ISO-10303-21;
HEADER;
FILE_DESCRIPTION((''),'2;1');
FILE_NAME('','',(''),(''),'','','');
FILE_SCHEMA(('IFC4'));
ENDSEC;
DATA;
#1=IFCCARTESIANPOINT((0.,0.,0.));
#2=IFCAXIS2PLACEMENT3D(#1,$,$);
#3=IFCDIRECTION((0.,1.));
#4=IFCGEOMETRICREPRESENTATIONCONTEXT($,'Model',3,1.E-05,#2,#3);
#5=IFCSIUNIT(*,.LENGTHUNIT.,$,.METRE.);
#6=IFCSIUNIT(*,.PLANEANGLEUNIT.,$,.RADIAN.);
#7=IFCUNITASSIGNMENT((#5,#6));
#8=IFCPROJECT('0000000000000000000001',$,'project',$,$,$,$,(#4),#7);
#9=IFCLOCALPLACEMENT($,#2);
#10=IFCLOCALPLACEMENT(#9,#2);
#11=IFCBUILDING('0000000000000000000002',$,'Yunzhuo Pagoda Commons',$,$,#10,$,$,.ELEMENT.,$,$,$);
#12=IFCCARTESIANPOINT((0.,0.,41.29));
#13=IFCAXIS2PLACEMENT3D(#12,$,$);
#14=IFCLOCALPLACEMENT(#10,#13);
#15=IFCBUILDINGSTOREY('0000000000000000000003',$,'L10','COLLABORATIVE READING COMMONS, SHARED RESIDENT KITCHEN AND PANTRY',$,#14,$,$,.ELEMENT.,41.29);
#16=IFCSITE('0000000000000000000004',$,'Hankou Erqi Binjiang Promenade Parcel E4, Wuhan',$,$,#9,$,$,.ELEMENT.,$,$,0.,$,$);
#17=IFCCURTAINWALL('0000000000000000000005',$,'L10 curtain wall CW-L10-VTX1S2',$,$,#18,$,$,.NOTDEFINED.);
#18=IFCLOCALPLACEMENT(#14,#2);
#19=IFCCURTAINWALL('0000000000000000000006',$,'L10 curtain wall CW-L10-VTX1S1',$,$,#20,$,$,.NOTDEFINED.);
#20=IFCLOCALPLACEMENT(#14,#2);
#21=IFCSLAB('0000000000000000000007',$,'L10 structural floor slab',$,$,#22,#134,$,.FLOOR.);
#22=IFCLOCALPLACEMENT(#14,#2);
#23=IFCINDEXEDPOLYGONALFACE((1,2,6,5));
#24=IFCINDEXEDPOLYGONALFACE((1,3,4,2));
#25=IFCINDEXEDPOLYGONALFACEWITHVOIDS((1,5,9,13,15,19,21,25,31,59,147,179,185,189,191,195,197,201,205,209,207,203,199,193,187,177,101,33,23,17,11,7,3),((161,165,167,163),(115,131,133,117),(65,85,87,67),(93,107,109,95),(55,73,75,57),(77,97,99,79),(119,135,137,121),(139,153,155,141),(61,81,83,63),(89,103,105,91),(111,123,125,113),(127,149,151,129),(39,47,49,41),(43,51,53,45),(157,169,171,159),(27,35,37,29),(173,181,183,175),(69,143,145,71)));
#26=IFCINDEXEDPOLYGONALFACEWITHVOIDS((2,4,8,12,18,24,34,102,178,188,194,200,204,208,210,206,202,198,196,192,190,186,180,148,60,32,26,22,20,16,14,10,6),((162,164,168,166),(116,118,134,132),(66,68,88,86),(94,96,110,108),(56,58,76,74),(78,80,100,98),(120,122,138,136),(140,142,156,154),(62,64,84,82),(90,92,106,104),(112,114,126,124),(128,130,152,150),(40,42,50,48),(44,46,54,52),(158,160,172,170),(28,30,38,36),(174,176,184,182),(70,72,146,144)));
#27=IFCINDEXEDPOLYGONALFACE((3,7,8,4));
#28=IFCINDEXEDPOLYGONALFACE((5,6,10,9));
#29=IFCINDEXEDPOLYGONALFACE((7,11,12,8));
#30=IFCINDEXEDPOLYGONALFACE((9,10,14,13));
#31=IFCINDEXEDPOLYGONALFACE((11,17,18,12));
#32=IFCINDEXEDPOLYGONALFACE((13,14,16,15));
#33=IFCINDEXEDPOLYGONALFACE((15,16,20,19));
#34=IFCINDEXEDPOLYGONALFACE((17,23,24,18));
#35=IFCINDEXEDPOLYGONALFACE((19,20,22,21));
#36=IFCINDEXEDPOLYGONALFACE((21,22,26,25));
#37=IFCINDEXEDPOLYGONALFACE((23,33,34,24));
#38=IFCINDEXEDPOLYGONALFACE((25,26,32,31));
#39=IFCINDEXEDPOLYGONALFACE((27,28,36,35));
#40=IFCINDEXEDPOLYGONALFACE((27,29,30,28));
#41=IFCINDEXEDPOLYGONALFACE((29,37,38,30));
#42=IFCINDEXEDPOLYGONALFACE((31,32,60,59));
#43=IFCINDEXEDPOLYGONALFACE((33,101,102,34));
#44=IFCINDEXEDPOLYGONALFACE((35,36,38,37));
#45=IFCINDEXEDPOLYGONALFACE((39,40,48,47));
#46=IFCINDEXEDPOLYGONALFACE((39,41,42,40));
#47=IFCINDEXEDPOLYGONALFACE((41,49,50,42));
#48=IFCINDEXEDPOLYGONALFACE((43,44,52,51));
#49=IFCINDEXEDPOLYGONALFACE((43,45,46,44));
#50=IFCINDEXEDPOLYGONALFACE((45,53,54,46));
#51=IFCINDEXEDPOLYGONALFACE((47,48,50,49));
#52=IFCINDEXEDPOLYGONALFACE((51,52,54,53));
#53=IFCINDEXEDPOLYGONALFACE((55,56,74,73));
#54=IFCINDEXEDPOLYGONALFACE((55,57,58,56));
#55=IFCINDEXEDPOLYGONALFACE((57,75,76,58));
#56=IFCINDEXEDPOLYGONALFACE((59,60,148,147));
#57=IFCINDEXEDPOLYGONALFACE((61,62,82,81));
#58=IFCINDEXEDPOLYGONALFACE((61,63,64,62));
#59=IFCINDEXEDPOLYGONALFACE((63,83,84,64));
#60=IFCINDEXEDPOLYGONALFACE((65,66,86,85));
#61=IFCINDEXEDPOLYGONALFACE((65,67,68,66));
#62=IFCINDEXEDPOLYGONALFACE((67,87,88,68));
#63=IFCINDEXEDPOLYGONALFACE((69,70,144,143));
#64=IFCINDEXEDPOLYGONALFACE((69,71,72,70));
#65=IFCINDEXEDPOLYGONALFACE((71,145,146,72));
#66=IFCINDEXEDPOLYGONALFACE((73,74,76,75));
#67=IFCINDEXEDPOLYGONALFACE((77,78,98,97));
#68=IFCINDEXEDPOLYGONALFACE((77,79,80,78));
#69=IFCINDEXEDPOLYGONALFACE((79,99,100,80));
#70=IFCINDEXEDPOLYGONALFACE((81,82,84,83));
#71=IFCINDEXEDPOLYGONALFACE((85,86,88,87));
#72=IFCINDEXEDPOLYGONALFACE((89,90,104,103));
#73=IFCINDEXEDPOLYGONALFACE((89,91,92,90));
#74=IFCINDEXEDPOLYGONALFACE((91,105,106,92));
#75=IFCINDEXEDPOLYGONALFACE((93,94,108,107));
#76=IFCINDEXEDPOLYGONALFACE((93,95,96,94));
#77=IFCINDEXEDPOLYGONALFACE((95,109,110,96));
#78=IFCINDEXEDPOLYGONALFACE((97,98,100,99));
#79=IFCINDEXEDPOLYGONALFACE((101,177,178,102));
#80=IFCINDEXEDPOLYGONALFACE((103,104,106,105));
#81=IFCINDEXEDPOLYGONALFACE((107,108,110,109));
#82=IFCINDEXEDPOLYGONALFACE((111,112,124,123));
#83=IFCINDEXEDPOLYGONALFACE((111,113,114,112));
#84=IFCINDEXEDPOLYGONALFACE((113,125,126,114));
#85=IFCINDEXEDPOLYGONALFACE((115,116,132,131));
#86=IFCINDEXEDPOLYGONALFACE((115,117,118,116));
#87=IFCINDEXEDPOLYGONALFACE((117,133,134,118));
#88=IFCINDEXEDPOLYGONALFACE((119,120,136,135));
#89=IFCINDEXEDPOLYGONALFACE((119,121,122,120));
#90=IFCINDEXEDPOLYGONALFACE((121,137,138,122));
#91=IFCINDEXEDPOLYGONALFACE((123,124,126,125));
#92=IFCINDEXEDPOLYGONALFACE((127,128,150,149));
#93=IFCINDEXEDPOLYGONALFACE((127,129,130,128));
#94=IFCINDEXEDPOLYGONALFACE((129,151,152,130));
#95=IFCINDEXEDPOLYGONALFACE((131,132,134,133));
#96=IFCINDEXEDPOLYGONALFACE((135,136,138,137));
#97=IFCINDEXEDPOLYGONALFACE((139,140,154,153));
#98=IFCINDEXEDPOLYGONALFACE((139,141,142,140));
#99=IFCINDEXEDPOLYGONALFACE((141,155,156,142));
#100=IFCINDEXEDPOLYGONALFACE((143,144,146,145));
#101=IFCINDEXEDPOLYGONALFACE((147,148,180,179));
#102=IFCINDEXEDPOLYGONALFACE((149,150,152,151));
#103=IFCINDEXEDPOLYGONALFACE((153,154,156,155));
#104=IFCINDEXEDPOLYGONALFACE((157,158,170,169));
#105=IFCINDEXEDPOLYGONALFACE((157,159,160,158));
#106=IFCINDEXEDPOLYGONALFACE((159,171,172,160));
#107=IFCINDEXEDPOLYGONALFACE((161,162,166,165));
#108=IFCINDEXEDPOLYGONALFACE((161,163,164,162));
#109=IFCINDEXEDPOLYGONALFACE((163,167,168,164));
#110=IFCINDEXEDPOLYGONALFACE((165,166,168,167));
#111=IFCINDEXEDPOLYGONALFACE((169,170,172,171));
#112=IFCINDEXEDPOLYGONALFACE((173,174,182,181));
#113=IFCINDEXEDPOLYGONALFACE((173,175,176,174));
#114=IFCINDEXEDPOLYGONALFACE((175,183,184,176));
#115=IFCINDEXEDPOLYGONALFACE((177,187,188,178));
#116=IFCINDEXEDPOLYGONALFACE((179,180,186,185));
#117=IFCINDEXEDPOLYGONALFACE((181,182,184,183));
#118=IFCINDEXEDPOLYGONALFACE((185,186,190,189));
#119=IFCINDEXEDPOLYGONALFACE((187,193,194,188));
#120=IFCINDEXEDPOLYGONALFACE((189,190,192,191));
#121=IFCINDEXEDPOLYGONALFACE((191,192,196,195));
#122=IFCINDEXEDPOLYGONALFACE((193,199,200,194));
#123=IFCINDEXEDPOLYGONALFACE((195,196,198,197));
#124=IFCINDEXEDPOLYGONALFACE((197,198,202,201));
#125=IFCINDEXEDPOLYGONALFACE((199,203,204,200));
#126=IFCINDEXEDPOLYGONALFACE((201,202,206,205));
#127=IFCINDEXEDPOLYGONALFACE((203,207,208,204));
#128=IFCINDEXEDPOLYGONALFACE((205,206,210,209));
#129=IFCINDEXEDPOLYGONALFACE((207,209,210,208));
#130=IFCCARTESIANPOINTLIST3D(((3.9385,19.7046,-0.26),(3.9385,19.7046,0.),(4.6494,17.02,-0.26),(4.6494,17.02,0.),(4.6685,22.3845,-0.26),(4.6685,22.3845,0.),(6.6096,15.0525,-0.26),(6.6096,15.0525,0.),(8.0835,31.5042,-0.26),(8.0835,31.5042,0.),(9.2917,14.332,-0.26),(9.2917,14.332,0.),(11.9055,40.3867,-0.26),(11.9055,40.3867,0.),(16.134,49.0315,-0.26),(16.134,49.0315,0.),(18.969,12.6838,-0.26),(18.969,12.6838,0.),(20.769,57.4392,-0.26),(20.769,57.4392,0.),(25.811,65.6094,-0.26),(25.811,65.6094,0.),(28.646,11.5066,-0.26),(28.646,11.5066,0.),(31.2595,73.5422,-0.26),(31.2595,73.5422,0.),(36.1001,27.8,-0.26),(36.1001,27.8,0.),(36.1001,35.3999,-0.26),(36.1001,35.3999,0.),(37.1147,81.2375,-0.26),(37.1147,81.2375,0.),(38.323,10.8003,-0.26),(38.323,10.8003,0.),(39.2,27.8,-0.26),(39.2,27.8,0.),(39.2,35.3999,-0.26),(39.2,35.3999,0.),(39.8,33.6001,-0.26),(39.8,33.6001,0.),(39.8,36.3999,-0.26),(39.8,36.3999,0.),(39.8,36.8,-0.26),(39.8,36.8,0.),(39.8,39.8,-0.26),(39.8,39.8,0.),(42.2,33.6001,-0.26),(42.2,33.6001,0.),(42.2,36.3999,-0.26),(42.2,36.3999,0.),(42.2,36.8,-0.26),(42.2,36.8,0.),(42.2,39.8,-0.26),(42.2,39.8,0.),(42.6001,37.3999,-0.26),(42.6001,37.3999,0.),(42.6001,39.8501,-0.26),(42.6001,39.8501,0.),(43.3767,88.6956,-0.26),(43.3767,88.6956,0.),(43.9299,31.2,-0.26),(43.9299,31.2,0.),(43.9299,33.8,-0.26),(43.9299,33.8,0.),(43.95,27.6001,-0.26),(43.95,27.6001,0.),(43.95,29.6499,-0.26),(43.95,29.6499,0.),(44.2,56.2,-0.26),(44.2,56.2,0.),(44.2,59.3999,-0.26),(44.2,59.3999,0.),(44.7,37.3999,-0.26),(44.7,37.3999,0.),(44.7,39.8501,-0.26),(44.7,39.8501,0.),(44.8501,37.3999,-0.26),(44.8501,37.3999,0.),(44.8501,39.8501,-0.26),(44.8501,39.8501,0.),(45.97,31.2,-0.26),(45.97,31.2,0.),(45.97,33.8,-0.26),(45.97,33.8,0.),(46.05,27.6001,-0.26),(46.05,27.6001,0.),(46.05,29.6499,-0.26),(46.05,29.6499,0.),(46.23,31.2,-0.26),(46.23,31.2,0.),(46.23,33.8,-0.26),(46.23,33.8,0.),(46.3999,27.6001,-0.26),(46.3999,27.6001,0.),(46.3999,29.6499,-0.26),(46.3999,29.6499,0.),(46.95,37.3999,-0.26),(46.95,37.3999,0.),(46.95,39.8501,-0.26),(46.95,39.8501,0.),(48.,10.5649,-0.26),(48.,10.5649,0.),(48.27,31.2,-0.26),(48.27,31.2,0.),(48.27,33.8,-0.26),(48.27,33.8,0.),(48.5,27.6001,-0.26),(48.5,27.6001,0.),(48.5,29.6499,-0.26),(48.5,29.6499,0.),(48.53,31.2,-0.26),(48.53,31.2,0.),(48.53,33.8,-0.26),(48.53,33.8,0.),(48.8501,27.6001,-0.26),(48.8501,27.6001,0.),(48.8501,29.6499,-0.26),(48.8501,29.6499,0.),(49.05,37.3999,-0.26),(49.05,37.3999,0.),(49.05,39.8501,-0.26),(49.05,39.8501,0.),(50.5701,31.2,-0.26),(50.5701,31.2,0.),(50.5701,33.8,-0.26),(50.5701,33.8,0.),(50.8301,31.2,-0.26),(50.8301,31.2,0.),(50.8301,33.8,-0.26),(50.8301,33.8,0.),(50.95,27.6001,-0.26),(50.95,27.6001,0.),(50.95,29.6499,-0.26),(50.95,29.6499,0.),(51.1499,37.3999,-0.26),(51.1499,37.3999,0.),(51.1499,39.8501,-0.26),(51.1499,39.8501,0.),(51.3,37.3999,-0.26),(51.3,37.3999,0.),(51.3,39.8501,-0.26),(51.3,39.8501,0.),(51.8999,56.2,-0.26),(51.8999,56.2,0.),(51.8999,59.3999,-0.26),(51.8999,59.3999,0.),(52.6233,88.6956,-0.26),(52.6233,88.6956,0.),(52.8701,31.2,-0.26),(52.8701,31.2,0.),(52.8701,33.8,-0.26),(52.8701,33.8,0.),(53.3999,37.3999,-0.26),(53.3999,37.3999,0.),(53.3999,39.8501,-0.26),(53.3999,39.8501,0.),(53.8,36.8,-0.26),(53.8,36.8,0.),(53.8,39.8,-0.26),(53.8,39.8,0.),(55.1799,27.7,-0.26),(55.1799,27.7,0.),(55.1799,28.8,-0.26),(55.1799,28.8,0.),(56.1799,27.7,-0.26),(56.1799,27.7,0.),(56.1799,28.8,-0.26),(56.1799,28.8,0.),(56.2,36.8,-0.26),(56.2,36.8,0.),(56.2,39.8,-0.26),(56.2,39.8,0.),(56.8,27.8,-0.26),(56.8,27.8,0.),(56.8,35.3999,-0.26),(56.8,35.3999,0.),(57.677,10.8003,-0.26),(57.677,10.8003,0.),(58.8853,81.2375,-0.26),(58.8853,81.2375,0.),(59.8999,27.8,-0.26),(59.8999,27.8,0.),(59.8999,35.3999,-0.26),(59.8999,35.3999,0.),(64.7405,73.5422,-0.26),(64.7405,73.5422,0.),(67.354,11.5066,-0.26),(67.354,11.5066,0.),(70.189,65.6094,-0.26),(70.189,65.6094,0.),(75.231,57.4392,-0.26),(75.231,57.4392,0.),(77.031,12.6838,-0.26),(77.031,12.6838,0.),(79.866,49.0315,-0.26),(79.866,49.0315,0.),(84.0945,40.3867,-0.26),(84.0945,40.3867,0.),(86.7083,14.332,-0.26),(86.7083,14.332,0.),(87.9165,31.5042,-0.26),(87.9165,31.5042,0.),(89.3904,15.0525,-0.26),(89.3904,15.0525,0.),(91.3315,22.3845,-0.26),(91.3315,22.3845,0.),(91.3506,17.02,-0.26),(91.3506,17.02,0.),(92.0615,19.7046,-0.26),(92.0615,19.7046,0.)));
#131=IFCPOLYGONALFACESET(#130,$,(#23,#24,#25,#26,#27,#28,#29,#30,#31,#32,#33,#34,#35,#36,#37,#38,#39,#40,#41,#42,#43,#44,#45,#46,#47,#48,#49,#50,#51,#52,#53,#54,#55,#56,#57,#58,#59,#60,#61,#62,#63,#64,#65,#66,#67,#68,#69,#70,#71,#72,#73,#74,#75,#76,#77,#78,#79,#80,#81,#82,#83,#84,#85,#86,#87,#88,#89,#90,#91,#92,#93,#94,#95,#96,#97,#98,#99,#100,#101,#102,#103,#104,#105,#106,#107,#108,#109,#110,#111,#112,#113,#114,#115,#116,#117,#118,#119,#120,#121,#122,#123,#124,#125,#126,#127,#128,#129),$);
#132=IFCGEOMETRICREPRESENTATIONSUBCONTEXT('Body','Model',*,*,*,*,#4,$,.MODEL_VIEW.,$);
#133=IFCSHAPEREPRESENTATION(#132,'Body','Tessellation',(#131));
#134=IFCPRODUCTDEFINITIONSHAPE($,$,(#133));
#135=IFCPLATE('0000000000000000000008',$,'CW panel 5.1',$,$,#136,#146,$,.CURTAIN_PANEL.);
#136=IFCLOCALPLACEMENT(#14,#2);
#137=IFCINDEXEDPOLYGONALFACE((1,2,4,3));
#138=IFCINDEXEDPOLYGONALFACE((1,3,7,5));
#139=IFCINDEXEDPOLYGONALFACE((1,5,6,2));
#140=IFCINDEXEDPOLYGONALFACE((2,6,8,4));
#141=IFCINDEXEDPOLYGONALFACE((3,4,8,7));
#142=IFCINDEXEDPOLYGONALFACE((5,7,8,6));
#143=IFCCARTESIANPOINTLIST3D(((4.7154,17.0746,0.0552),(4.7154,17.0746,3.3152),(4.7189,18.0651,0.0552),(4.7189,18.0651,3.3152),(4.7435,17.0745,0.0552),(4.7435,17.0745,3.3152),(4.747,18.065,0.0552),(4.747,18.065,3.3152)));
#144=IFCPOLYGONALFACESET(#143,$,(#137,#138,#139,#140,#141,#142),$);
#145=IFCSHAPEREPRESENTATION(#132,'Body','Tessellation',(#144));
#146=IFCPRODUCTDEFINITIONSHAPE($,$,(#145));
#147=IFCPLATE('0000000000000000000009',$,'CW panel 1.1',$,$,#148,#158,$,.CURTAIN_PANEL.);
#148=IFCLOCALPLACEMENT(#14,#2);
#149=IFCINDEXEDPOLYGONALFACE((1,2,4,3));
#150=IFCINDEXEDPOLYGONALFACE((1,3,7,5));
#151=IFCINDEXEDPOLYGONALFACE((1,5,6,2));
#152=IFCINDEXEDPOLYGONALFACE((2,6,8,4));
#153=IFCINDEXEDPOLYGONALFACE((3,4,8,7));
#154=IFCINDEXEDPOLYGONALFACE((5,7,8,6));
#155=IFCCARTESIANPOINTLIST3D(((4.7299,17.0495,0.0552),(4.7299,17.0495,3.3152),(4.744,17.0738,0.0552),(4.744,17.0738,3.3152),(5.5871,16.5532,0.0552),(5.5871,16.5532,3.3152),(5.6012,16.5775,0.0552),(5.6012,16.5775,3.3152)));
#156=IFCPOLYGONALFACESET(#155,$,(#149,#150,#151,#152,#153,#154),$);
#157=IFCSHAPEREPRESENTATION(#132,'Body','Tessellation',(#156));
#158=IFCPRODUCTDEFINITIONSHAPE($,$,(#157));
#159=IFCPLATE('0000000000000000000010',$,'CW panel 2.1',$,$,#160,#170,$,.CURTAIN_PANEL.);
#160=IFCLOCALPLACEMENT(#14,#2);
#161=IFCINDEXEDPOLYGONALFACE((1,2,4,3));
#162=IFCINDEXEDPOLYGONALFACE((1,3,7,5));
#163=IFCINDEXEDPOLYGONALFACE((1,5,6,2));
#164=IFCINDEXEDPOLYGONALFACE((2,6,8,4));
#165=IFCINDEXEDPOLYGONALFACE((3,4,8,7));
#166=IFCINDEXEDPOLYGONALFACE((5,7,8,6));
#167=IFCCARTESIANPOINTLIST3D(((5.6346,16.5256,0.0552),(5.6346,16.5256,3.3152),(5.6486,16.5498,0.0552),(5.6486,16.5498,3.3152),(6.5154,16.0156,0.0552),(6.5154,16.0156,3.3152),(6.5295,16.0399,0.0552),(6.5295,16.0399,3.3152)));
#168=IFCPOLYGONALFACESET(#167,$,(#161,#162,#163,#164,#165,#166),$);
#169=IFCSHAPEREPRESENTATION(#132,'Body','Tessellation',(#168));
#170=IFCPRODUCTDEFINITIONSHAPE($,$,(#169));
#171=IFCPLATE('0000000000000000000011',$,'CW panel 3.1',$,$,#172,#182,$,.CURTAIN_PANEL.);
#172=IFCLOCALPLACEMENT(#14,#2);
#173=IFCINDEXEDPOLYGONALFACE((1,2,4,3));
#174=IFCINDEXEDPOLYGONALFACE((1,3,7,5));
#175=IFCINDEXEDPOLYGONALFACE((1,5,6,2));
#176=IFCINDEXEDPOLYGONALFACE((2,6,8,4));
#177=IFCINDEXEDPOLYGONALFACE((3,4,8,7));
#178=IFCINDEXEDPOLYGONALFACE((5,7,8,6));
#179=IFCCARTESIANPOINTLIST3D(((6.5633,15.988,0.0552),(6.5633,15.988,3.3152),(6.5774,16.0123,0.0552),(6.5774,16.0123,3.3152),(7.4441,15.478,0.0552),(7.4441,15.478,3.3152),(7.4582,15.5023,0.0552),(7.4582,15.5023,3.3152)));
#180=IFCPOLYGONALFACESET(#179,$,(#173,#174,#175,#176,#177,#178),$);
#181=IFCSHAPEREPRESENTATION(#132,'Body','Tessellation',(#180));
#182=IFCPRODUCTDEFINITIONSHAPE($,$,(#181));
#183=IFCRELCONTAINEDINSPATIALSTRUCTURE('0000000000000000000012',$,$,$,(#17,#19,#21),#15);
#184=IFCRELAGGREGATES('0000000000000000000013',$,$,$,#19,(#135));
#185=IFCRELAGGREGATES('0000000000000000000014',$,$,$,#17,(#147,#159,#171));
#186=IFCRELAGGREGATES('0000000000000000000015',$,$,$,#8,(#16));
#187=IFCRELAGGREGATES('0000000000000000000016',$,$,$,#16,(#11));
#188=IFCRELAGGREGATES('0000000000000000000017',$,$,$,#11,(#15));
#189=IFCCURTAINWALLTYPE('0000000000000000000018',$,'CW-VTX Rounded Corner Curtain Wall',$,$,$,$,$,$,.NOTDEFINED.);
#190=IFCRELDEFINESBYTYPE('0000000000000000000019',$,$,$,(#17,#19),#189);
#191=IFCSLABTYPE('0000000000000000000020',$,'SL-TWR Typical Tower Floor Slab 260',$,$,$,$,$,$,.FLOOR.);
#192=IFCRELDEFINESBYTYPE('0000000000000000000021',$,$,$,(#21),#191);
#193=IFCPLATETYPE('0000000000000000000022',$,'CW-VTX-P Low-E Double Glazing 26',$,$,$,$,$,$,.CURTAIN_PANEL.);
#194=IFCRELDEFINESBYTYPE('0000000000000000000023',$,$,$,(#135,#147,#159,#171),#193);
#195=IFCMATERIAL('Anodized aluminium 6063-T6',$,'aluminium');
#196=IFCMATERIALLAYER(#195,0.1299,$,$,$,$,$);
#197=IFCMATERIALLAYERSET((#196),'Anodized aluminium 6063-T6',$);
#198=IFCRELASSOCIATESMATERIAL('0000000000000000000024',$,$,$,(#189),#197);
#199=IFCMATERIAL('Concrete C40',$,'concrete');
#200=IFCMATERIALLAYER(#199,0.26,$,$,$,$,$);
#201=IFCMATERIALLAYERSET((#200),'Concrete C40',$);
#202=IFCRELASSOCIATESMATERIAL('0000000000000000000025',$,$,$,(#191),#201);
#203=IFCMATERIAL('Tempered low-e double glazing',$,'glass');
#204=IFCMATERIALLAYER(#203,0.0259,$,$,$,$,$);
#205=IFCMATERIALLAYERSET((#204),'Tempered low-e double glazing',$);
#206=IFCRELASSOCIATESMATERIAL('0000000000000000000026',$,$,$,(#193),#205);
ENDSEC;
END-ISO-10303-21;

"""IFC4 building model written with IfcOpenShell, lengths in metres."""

from ifc_helpers import new_model, si_unit, direction, frame, origin, origin_2d, place, context, subcontext, project, spatial, polyline, rectangle, outline, extrude, source, transform, mapped, material, layer, layer_set, type_object, element, aggregate, save


model = new_model("IFC4")

# Units and contexts
model_context = context("Model", 3, precision=1e-05, world=origin(), true_north=direction((0.0, 1.0)))
body_context = subcontext(model_context, "Body", "Model", "MODEL_VIEW")
ifc_project = project(units=[si_unit("LENGTHUNIT", "METRE"), si_unit("PLANEANGLEUNIT", "RADIAN")], contexts=[model_context])

# Site, building, storey
site_placement = place(None, origin())
site = spatial("IfcSite", under=ifc_project, at=site_placement, Name="Hankou Erqi Binjiang Promenade Parcel E4, Wuhan", CompositionType="ELEMENT", RefElevation=0.0)
building_placement = place(site_placement, origin())
building = spatial("IfcBuilding", under=site, at=building_placement, Name="Yunzhuo Pagoda Commons", CompositionType="ELEMENT")
storey_placement = place(building_placement, frame((0.0, 0.0, 41.29)))
storey = spatial("IfcBuildingStorey", under=building, at=storey_placement, Name="L10", Description="COLLABORATIVE READING COMMONS, SHARED RESIDENT KITCHEN AND PANTRY", CompositionType="ELEMENT", Elevation=41.29)

# Curtain wall
ifc_material_1 = material(Name="Anodized aluminium 6063-T6", Category="aluminium")
ifc_layer_1 = layer(ifc_material_1, 0.1299)
ifc_layer_set_1 = layer_set([ifc_layer_1], Name="Anodized aluminium 6063-T6")
curtain_wall_type = type_object("IfcCurtainWallType", Name="CW-VTX Rounded Corner Curtain Wall", PredefinedType="NOTDEFINED", material=ifc_layer_set_1)
curtain_wall_1_placement = place(storey_placement, origin())
curtain_wall_1 = element("IfcCurtainWall", 1, at=curtain_wall_1_placement, inside=storey, type_object=curtain_wall_type, Name="L10 curtain wall CW-L10-VTX1S2", PredefinedType="NOTDEFINED")

# Curtain wall
curtain_wall_2_placement = place(storey_placement, origin())
curtain_wall_2 = element("IfcCurtainWall", 2, at=curtain_wall_2_placement, inside=storey, type_object=curtain_wall_type, Name="L10 curtain wall CW-L10-VTX1S1", PredefinedType="NOTDEFINED")

# Shared definitions
ifc_material_2 = material(Name="Concrete C40", Category="concrete")

# Slab
ifc_layer_2 = layer(ifc_material_2, 0.26)
ifc_layer_set_2 = layer_set([ifc_layer_2], Name="Concrete C40")
slab_type_1 = type_object("IfcSlabType", Name="SL-TWR Typical Tower Floor Slab 260", PredefinedType="FLOOR", material=ifc_layer_set_2)
slab_1_placement = place(storey_placement, frame((0.0, 0.0, -0.26)))
element("IfcSlab", 3, at=slab_1_placement, inside=storey, type_object=slab_type_1, Name="L10 structural floor slab", PredefinedType="FLOOR", context=body_context, shape_type="SweptSolid", body=[
    extrude(outline(polyline([(8.0835, 31.5042), (11.9055, 40.3867), (16.134, 49.0315), (20.769, 57.4392), (25.811, 65.6094), (31.2595, 73.5422), (37.1147, 81.2375), (43.3767, 88.6956), (52.6233, 88.6956), (58.8853, 81.2375), (64.7405, 73.5422), (70.189, 65.6094), (75.231, 57.4392), (79.866, 49.0315), (84.0945, 40.3867), (87.9165, 31.5042), (91.3315, 22.3845), (92.0615, 19.7046), (91.3506, 17.02), (89.3904, 15.0525), (86.7083, 14.332), (77.031, 12.6838), (67.354, 11.5066), (57.677, 10.8003), (48.0, 10.5649), (38.323, 10.8003), (28.646, 11.5066), (18.969, 12.6838), (9.2917, 14.332), (6.6096, 15.0525), (4.6494, 17.02), (3.9385, 19.7046), (4.6685, 22.3845), (8.0835, 31.5042)]), holes=[polyline([(46.05, 27.6001), (46.05, 29.6499), (43.95, 29.6499), (43.95, 27.6001), (46.05, 27.6001)]), polyline([(48.5, 27.6001), (48.5, 29.6499), (46.3999, 29.6499), (46.3999, 27.6001), (48.5, 27.6001)]), polyline([(36.1001, 27.8), (39.2, 27.8), (39.2, 35.3999), (36.1001, 35.3999), (36.1001, 27.8)]), polyline([(45.97, 31.2), (45.97, 33.8), (43.9299, 33.8), (43.9299, 31.2), (45.97, 31.2)]), polyline([(48.27, 31.2), (48.27, 33.8), (46.23, 33.8), (46.23, 31.2), (48.27, 31.2)]), polyline([(42.2, 33.6001), (42.2, 36.3999), (39.8, 36.3999), (39.8, 33.6001), (42.2, 33.6001)]), polyline([(42.2, 36.8), (42.2, 39.8), (39.8, 39.8), (39.8, 36.8), (42.2, 36.8)]), polyline([(42.6001, 37.3999), (44.7, 37.3999), (44.7, 39.8501), (42.6001, 39.8501), (42.6001, 37.3999)]), polyline([(44.8501, 37.3999), (46.95, 37.3999), (46.95, 39.8501), (44.8501, 39.8501), (44.8501, 37.3999)]), polyline([(56.1799, 27.7), (56.1799, 28.8), (55.1799, 28.8), (55.1799, 27.7), (56.1799, 27.7)]), polyline([(50.95, 27.6001), (50.95, 29.6499), (48.8501, 29.6499), (48.8501, 27.6001), (50.95, 27.6001)]), polyline([(56.8, 27.8), (59.8999, 27.8), (59.8999, 35.3999), (56.8, 35.3999), (56.8, 27.8)]), polyline([(50.5701, 31.2), (50.5701, 33.8), (48.53, 33.8), (48.53, 31.2), (50.5701, 31.2)]), polyline([(52.8701, 31.2), (52.8701, 33.8), (50.8301, 33.8), (50.8301, 31.2), (52.8701, 31.2)]), polyline([(56.2, 36.8), (56.2, 39.8), (53.8, 39.8), (53.8, 36.8), (56.2, 36.8)]), polyline([(51.1499, 37.3999), (51.1499, 39.8501), (49.05, 39.8501), (49.05, 37.3999), (51.1499, 37.3999)]), polyline([(51.3, 37.3999), (53.3999, 37.3999), (53.3999, 39.8501), (51.3, 39.8501), (51.3, 37.3999)]), polyline([(44.2, 56.2), (51.8999, 56.2), (51.8999, 59.3999), (44.2, 59.3999), (44.2, 56.2)])]), origin(), (0.0, 0.0, 1.0), 0.26),
])

# Plates
ifc_material_3 = material(Name="Tempered low-e double glazing", Category="glass")
ifc_layer_3 = layer(ifc_material_3, 0.0259)
ifc_layer_set_3 = layer_set([ifc_layer_3], Name="Tempered low-e double glazing")
plate_type = type_object("IfcPlateType", Name="CW-VTX-P Low-E Double Glazing 26", PredefinedType="CURTAIN_PANEL", material=ifc_layer_set_3)
shared_shape_1 = source(origin(), body_context, "Body", "SweptSolid", [
    extrude(rectangle(XDim=0.9905, YDim=0.0281, at=origin_2d()), origin(), (0.0, 0.0, 1.0), 3.26),
])
plate_1_placement = place(storey_placement, frame((4.7312, 17.5698, 0.0552), z_axis=(0.0, 0.0, 1.0), x_axis=(-0.003579, -0.999994, 0.0)))
plate_1 = element("IfcPlate", 4, at=plate_1_placement, type_object=plate_type, Name="CW panel 5.1", PredefinedType="CURTAIN_PANEL", context=body_context, shape_type="MappedRepresentation", body=[
    mapped(shared_shape_1, transform((0.0, 0.0, 0.0), scale=1.0)),
])
aggregate(curtain_wall_2, [plate_1])
plate_2_placement = place(storey_placement, frame((5.1655, 16.8135, 0.0552), z_axis=(0.0, 0.0, 1.0), x_axis=(0.865423, -0.501041, 0.0)))
plate_2 = element("IfcPlate", 5, at=plate_2_placement, type_object=plate_type, Name="CW panel 1.1", PredefinedType="CURTAIN_PANEL", context=body_context, shape_type="MappedRepresentation", body=[
    mapped(shared_shape_1, transform((0.0, 0.0, 0.0), scale=1.0)),
])
shared_shape_2 = source(origin(), body_context, "Body", "SweptSolid", [
    extrude(rectangle(XDim=1.0178, YDim=0.0281, at=origin_2d()), origin(), (0.0, 0.0, 1.0), 3.26),
])
plate_3_placement = place(storey_placement, frame((6.082, 16.2827, 0.0552), z_axis=(0.0, 0.0, 1.0), x_axis=(0.865423, -0.501041, 0.0)))
plate_3 = element("IfcPlate", 6, at=plate_3_placement, type_object=plate_type, Name="CW panel 2.1", PredefinedType="CURTAIN_PANEL", context=body_context, shape_type="MappedRepresentation", body=[
    mapped(shared_shape_2, transform((0.0, 0.0, 0.0), scale=1.0)),
])
plate_4_placement = place(storey_placement, frame((7.0107, 15.7451, 0.0552), z_axis=(0.0, 0.0, 1.0), x_axis=(0.865423, -0.501041, 0.0)))
plate_4 = element("IfcPlate", 7, at=plate_4_placement, type_object=plate_type, Name="CW panel 3.1", PredefinedType="CURTAIN_PANEL", context=body_context, shape_type="MappedRepresentation", body=[
    mapped(shared_shape_2, transform((0.0, 0.0, 0.0), scale=1.0)),
])
aggregate(curtain_wall_1, [plate_2, plate_3, plate_4])

save(model, "model.ifc")
